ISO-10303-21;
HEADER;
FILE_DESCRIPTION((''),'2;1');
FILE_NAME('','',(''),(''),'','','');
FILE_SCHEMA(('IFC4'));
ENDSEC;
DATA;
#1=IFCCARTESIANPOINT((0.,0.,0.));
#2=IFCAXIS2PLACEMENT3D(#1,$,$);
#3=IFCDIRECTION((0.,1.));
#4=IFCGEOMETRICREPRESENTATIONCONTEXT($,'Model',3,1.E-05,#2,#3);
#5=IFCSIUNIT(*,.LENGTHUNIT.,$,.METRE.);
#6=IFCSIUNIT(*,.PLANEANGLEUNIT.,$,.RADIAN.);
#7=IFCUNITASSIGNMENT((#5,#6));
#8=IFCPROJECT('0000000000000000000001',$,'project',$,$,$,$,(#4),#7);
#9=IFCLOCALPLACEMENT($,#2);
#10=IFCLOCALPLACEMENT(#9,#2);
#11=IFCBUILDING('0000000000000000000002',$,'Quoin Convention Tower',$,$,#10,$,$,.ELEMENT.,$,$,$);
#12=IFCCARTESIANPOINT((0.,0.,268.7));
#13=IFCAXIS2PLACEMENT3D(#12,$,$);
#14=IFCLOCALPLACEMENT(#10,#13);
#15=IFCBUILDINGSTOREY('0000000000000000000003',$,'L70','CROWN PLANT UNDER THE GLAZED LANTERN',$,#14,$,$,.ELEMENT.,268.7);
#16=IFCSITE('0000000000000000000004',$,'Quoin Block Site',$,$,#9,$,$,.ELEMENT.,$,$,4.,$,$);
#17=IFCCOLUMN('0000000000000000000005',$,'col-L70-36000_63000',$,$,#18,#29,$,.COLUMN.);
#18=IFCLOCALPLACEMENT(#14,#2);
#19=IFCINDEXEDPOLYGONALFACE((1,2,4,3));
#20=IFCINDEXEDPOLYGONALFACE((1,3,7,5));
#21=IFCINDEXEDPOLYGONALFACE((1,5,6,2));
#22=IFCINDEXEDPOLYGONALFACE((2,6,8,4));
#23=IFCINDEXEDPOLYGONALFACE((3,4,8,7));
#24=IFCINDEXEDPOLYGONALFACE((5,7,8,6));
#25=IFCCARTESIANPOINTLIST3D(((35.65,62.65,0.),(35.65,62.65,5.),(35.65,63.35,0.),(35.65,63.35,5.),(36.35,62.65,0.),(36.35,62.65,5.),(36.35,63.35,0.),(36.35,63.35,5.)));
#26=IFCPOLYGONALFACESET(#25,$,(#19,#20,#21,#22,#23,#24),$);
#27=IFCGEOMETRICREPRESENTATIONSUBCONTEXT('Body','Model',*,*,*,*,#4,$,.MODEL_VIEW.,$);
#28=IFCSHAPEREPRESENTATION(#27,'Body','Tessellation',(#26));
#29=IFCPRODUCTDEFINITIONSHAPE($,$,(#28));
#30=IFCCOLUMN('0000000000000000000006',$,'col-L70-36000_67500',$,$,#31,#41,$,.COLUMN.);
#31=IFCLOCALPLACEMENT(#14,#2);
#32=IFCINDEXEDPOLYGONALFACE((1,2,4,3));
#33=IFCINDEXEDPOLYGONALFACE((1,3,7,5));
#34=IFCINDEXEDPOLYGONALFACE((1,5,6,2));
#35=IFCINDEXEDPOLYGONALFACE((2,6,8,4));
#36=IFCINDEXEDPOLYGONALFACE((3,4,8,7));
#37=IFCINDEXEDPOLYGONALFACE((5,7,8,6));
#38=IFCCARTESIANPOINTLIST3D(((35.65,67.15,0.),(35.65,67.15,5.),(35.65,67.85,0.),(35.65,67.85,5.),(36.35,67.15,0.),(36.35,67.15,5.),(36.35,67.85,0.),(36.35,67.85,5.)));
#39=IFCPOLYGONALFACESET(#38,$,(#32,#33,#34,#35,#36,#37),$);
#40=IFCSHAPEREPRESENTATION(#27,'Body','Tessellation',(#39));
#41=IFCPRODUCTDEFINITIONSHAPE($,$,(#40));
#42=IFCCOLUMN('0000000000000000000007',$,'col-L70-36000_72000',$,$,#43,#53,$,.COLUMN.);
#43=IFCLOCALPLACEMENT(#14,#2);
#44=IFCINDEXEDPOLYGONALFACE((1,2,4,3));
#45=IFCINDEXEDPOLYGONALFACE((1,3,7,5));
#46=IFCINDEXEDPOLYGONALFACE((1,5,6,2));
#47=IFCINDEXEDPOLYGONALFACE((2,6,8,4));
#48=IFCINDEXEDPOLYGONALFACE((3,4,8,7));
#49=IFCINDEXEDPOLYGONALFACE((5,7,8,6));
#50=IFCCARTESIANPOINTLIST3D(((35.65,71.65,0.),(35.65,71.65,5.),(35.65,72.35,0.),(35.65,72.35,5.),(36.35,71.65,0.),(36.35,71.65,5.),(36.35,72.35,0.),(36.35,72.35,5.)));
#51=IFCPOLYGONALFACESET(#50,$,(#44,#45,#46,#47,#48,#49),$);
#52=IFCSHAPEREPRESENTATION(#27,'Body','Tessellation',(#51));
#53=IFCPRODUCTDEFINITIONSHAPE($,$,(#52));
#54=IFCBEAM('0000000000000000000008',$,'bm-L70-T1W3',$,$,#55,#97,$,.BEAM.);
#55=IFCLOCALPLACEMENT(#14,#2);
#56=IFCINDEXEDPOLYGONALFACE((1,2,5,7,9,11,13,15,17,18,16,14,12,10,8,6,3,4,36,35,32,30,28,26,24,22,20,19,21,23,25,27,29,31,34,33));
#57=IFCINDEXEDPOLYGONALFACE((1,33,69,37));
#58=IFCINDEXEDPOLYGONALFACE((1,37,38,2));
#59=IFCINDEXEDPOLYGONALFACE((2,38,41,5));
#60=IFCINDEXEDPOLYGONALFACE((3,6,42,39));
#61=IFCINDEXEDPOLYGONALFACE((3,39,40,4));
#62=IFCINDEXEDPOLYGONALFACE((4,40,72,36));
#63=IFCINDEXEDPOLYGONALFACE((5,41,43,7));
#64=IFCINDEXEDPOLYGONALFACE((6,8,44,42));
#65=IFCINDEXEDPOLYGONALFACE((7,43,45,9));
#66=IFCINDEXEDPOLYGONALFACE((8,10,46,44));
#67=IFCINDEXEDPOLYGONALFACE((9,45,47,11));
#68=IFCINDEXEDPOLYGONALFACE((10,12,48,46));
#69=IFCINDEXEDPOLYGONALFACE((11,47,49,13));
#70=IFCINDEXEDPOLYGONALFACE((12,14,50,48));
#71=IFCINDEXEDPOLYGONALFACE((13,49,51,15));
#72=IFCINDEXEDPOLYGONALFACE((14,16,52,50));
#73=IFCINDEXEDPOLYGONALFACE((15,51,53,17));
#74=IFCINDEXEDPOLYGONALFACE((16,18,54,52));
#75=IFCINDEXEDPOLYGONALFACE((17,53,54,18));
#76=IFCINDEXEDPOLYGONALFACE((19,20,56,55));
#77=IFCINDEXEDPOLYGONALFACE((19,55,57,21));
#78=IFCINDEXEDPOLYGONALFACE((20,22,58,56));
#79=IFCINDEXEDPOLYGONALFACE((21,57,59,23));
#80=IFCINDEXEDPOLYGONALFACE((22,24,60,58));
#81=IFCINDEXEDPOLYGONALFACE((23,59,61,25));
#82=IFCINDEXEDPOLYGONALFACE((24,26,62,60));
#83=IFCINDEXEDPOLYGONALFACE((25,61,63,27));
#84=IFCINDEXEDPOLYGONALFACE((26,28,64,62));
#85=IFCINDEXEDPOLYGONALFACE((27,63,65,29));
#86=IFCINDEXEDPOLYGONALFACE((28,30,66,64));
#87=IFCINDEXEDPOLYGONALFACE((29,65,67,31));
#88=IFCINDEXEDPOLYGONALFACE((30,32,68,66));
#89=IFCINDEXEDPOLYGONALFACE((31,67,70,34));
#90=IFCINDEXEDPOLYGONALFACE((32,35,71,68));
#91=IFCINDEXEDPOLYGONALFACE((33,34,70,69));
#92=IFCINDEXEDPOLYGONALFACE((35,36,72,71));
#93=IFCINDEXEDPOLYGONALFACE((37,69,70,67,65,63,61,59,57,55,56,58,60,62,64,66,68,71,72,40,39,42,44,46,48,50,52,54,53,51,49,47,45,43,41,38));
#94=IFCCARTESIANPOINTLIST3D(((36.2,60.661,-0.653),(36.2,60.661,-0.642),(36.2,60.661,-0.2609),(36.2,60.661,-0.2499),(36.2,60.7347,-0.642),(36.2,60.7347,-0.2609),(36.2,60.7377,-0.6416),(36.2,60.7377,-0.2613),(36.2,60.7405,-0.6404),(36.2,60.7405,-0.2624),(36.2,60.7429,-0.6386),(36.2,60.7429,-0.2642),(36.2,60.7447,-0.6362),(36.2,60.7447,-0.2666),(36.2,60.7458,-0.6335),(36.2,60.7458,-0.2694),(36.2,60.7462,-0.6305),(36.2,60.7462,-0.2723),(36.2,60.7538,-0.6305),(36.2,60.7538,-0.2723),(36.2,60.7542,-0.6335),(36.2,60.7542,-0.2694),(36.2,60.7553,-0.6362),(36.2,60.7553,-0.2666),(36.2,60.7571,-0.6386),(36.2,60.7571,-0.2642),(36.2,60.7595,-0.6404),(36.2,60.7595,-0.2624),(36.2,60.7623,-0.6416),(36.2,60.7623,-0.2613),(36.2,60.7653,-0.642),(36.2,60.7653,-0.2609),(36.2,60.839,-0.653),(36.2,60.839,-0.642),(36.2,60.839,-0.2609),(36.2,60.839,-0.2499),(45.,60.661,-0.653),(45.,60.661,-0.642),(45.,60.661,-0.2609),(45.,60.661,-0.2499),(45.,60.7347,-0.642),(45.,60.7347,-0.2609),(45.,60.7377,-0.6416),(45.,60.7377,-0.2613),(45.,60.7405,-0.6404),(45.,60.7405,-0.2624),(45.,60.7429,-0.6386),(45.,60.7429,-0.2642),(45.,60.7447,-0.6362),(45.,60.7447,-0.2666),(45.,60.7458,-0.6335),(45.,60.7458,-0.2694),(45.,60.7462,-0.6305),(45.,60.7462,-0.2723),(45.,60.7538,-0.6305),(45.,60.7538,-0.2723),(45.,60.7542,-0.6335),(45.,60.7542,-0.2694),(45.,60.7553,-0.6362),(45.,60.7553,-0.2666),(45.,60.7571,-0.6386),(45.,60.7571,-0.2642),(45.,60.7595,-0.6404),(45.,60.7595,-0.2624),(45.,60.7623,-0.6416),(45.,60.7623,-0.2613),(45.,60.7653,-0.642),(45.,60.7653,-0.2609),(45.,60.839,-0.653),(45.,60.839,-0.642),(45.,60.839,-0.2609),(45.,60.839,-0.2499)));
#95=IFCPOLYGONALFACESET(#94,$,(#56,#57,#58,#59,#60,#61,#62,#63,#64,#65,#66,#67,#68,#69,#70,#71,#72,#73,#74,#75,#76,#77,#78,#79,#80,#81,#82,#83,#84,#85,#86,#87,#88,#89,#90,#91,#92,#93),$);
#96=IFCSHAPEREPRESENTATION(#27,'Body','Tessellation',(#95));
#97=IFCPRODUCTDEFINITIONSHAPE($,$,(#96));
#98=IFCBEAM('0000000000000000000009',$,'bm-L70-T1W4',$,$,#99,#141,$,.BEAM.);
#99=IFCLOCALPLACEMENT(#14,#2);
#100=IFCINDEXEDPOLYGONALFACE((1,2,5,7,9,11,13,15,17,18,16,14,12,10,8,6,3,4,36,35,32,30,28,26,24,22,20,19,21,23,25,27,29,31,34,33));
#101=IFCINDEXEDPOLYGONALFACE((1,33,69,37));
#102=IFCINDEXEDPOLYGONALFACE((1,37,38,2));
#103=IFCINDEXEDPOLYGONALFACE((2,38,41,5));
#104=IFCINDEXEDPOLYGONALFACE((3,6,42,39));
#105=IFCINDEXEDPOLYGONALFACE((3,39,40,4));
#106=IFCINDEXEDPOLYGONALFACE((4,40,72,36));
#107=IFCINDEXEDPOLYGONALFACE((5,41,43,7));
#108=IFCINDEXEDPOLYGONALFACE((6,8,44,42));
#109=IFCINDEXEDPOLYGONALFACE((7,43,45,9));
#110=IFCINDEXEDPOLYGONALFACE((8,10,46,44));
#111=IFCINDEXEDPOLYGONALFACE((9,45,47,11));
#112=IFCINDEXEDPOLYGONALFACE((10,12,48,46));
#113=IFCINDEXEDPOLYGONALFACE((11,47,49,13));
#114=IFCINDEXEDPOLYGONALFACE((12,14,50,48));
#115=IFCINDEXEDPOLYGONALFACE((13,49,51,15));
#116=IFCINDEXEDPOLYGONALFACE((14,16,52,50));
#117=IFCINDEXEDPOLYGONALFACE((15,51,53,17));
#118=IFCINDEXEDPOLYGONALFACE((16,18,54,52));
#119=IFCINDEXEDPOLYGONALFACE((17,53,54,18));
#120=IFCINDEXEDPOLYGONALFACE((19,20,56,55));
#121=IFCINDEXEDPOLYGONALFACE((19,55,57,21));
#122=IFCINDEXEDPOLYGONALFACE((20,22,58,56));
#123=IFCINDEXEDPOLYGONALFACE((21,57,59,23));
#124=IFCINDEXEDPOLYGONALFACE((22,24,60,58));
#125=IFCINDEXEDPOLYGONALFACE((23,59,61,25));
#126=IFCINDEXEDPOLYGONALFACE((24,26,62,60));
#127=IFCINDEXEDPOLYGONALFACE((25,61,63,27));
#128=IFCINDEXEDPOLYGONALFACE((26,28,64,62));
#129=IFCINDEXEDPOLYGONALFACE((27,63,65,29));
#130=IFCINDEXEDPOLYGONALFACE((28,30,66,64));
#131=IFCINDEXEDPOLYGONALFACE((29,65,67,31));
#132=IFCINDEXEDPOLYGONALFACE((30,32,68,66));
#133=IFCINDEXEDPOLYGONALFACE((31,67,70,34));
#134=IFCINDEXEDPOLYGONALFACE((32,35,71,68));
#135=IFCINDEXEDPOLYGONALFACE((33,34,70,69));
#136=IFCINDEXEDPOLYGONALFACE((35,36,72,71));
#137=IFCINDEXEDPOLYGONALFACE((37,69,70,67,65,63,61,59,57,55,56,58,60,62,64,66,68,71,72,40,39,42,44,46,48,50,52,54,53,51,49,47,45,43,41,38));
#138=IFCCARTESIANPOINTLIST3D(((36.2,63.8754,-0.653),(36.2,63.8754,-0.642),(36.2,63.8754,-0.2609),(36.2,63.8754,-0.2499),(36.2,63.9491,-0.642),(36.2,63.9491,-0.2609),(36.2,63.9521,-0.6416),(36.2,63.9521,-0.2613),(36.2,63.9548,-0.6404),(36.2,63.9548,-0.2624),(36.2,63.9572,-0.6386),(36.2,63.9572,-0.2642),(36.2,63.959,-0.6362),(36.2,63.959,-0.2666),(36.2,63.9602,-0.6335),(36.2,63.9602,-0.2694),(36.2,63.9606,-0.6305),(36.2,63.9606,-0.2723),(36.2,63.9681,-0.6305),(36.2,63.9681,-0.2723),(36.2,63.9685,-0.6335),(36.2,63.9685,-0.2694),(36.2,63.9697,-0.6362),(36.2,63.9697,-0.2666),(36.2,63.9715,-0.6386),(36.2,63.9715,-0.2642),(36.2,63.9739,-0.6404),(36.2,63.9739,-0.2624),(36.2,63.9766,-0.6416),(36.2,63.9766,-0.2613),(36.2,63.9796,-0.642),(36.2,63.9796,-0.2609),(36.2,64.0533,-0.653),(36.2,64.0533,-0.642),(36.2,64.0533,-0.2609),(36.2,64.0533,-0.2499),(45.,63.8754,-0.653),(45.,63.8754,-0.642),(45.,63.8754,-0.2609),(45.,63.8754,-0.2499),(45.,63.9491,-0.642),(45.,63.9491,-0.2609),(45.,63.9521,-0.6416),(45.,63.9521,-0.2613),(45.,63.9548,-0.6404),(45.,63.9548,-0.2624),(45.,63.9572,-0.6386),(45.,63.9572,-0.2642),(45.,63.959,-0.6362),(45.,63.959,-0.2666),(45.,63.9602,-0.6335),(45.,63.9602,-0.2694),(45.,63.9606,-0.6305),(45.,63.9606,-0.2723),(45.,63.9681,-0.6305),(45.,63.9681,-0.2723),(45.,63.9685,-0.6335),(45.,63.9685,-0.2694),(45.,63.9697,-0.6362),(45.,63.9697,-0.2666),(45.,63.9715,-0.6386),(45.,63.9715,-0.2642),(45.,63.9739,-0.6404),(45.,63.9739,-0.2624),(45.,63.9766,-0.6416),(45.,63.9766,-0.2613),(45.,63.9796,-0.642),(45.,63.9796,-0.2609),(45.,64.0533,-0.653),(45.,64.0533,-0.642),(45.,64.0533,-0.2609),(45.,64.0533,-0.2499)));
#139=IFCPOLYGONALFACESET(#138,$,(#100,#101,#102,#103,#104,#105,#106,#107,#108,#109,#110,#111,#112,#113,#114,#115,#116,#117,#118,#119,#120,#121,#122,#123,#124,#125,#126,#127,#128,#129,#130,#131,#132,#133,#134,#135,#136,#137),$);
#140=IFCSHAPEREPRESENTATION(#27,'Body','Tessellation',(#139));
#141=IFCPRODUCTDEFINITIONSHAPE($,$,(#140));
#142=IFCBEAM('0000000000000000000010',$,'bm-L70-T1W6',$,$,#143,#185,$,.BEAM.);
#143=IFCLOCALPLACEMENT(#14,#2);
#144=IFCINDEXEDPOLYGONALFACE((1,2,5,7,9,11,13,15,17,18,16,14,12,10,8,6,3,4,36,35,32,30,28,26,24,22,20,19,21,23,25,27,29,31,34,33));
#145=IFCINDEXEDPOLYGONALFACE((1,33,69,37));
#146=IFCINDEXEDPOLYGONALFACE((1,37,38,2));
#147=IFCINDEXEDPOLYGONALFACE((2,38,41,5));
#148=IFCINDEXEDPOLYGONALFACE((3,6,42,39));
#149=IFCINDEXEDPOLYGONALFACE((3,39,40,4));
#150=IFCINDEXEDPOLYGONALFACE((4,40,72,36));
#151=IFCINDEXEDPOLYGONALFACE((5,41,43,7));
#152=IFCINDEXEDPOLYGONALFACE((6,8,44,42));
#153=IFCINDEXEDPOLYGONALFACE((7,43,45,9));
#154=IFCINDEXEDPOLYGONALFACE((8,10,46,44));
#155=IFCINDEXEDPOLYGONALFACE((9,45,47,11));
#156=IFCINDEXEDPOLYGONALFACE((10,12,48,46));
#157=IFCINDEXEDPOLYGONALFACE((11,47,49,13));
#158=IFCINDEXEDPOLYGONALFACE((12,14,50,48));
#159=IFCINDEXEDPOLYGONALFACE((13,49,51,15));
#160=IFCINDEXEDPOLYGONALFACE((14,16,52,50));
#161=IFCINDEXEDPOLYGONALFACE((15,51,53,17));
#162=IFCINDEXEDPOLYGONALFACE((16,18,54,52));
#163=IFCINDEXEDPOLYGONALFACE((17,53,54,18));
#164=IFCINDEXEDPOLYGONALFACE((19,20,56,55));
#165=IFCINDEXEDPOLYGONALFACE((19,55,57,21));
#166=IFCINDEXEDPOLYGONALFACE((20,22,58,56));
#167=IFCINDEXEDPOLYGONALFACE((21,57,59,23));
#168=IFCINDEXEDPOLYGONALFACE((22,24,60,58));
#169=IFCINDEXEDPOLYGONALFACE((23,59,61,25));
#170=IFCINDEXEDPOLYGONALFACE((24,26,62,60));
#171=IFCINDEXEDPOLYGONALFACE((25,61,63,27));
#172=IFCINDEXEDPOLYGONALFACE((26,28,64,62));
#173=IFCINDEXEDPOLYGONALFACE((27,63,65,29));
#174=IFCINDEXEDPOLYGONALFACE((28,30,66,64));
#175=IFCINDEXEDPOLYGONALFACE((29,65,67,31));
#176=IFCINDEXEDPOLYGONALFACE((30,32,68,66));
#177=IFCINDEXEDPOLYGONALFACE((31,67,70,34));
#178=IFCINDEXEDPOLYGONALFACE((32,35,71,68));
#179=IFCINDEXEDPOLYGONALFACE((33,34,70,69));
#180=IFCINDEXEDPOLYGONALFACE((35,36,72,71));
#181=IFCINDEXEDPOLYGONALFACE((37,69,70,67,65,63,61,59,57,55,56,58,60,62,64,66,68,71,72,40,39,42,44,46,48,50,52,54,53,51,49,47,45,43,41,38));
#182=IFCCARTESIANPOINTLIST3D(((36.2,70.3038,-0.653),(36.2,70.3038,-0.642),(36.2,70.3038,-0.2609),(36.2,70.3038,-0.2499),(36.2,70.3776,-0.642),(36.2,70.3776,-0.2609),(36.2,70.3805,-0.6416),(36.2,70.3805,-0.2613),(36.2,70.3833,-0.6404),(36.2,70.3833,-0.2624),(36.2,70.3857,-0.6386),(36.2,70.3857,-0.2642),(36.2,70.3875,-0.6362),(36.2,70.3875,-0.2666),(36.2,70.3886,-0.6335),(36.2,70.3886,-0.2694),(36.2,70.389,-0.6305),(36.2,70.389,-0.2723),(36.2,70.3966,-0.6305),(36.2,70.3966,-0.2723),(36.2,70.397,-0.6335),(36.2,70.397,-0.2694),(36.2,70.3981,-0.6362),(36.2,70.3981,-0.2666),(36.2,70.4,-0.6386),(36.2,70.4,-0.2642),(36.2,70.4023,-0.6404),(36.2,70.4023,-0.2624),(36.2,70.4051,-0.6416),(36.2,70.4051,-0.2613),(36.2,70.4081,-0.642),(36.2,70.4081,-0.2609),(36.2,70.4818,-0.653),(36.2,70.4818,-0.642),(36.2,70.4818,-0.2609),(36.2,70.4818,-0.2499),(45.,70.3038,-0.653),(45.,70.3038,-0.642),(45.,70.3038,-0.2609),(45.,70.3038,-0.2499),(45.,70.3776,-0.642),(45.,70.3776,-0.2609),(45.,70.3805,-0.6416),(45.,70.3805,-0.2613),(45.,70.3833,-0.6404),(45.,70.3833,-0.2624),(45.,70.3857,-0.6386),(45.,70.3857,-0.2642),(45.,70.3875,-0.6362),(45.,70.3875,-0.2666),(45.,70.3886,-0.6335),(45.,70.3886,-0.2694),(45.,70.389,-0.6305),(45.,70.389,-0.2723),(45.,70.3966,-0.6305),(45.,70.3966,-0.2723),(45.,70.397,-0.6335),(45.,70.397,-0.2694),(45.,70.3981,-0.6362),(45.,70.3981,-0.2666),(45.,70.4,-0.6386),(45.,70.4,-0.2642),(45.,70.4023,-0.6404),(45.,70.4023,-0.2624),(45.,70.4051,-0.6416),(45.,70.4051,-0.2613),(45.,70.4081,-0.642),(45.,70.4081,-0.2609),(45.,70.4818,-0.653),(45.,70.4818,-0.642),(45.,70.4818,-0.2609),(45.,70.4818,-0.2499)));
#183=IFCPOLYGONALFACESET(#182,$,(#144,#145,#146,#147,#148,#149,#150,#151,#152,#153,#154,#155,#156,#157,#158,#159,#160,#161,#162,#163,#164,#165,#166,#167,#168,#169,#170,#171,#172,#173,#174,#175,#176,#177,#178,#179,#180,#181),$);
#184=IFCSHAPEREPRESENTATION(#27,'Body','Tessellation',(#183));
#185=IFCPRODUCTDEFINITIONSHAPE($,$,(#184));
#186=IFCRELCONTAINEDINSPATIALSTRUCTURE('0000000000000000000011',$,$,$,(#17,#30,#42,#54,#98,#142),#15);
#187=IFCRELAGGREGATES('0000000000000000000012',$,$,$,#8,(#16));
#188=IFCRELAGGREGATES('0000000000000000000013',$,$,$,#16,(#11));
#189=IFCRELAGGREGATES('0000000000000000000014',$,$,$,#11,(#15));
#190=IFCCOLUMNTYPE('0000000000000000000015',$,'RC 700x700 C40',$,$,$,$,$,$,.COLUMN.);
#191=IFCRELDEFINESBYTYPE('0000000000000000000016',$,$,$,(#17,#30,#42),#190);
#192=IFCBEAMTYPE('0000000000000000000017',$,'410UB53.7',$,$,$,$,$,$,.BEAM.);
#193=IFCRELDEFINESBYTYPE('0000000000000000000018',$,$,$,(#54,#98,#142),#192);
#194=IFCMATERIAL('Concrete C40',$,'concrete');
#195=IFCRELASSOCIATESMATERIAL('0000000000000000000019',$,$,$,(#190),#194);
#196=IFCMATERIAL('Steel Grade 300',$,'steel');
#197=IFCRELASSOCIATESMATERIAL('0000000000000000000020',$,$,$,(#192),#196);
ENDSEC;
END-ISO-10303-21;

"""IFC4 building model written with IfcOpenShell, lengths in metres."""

from ifc_helpers import new_model, si_unit, direction, frame, origin, origin_2d, place, context, subcontext, project, spatial, rectangle, i_section, extrude, material, material_profile, profile_set, type_object, element, save


model = new_model("IFC4")

# Units and contexts
model_context = context("Model", 3, precision=1e-05, world=origin(), true_north=direction((0.0, 1.0)))
body_context = subcontext(model_context, "Body", "Model", "MODEL_VIEW")
ifc_project = project(units=[si_unit("LENGTHUNIT", "METRE"), si_unit("PLANEANGLEUNIT", "RADIAN")], contexts=[model_context])

# Site, building, storey
site_placement = place(None, origin())
site = spatial("IfcSite", under=ifc_project, at=site_placement, Name="Quoin Block Site", CompositionType="ELEMENT", RefElevation=4.0)
building_placement = place(site_placement, origin())
building = spatial("IfcBuilding", under=site, at=building_placement, Name="Quoin Convention Tower", CompositionType="ELEMENT")
storey_placement = place(building_placement, frame((0.0, 0.0, 268.7)))
storey = spatial("IfcBuildingStorey", under=building, at=storey_placement, Name="L70", Description="CROWN PLANT UNDER THE GLAZED LANTERN", CompositionType="ELEMENT", Elevation=268.7)

# Columns
ifc_material_1 = material(Name="Concrete C40", Category="concrete")
ifc_material_profile_1 = material_profile(ifc_material_1, rectangle(XDim=0.7, YDim=0.7, at=origin_2d()), Name="RC 700x700")
ifc_profile_set_1 = profile_set([ifc_material_profile_1], Name="Concrete C40")
column_type = type_object("IfcColumnType", Name="RC 700x700 C40", PredefinedType="COLUMN", material=ifc_profile_set_1)
for number, where, z_axis, x_axis, name in (
    (1, (36.0, 63.0, 0.0), (0.0, 0.0, 1.0), (1.0, 0.0, 0.0), "col-L70-36000_63000"),
    (2, (36.0, 67.5, 0.0), (0.0, 0.0, 1.0), (1.0, 0.0, 0.0), "col-L70-36000_67500"),
    (3, (36.0, 72.0, 0.0), (0.0, 0.0, 1.0), (1.0, 0.0, 0.0), "col-L70-36000_72000"),
):
    element("IfcColumn", number, at=place(storey_placement, frame(where, z_axis=z_axis, x_axis=x_axis)), inside=storey, type_object=column_type, Name=name, PredefinedType="COLUMN", context=body_context, shape_type="SweptSolid", body=[
        extrude(rectangle(XDim=0.7, YDim=0.7, at=origin_2d()), origin(), (0.0, 0.0, 1.0), 5.0),
    ])

# Beams
ifc_material_2 = material(Name="Steel Grade 300", Category="steel")
ifc_material_profile_2 = material_profile(ifc_material_2, i_section(OverallWidth=0.178, OverallDepth=0.4031, WebThickness=0.0076, FlangeThickness=0.011, FilletRadius=0.0115, at=origin_2d()), Name="410UB53.7")
ifc_profile_set_2 = profile_set([ifc_material_profile_2], Name="Steel Grade 300")
beam_type_1 = type_object("IfcBeamType", Name="410UB53.7", PredefinedType="BEAM", material=ifc_profile_set_2)
for number, where, z_axis, x_axis, name in (
    (4, (36.2, 60.75, -0.4514), (1.0, 0.0, 0.0), (0.0, 1.0, 0.0), "bm-L70-T1W3"),
    (5, (36.2, 63.9644, -0.4514), (1.0, 0.0, 0.0), (0.0, 1.0, 0.0), "bm-L70-T1W4"),
    (6, (36.2, 70.3928, -0.4514), (1.0, 0.0, 0.0), (0.0, 1.0, 0.0), "bm-L70-T1W6"),
):
    element("IfcBeam", number, at=place(storey_placement, frame(where, z_axis=z_axis, x_axis=x_axis)), inside=storey, type_object=beam_type_1, Name=name, PredefinedType="BEAM", context=body_context, shape_type="SweptSolid", body=[
        extrude(i_section(OverallWidth=0.178, OverallDepth=0.4031, WebThickness=0.0076, FlangeThickness=0.011, FilletRadius=0.0115, at=origin_2d()), origin(), (0.0, 0.0, 1.0), 8.8),
    ])

save(model, "model.ifc")
